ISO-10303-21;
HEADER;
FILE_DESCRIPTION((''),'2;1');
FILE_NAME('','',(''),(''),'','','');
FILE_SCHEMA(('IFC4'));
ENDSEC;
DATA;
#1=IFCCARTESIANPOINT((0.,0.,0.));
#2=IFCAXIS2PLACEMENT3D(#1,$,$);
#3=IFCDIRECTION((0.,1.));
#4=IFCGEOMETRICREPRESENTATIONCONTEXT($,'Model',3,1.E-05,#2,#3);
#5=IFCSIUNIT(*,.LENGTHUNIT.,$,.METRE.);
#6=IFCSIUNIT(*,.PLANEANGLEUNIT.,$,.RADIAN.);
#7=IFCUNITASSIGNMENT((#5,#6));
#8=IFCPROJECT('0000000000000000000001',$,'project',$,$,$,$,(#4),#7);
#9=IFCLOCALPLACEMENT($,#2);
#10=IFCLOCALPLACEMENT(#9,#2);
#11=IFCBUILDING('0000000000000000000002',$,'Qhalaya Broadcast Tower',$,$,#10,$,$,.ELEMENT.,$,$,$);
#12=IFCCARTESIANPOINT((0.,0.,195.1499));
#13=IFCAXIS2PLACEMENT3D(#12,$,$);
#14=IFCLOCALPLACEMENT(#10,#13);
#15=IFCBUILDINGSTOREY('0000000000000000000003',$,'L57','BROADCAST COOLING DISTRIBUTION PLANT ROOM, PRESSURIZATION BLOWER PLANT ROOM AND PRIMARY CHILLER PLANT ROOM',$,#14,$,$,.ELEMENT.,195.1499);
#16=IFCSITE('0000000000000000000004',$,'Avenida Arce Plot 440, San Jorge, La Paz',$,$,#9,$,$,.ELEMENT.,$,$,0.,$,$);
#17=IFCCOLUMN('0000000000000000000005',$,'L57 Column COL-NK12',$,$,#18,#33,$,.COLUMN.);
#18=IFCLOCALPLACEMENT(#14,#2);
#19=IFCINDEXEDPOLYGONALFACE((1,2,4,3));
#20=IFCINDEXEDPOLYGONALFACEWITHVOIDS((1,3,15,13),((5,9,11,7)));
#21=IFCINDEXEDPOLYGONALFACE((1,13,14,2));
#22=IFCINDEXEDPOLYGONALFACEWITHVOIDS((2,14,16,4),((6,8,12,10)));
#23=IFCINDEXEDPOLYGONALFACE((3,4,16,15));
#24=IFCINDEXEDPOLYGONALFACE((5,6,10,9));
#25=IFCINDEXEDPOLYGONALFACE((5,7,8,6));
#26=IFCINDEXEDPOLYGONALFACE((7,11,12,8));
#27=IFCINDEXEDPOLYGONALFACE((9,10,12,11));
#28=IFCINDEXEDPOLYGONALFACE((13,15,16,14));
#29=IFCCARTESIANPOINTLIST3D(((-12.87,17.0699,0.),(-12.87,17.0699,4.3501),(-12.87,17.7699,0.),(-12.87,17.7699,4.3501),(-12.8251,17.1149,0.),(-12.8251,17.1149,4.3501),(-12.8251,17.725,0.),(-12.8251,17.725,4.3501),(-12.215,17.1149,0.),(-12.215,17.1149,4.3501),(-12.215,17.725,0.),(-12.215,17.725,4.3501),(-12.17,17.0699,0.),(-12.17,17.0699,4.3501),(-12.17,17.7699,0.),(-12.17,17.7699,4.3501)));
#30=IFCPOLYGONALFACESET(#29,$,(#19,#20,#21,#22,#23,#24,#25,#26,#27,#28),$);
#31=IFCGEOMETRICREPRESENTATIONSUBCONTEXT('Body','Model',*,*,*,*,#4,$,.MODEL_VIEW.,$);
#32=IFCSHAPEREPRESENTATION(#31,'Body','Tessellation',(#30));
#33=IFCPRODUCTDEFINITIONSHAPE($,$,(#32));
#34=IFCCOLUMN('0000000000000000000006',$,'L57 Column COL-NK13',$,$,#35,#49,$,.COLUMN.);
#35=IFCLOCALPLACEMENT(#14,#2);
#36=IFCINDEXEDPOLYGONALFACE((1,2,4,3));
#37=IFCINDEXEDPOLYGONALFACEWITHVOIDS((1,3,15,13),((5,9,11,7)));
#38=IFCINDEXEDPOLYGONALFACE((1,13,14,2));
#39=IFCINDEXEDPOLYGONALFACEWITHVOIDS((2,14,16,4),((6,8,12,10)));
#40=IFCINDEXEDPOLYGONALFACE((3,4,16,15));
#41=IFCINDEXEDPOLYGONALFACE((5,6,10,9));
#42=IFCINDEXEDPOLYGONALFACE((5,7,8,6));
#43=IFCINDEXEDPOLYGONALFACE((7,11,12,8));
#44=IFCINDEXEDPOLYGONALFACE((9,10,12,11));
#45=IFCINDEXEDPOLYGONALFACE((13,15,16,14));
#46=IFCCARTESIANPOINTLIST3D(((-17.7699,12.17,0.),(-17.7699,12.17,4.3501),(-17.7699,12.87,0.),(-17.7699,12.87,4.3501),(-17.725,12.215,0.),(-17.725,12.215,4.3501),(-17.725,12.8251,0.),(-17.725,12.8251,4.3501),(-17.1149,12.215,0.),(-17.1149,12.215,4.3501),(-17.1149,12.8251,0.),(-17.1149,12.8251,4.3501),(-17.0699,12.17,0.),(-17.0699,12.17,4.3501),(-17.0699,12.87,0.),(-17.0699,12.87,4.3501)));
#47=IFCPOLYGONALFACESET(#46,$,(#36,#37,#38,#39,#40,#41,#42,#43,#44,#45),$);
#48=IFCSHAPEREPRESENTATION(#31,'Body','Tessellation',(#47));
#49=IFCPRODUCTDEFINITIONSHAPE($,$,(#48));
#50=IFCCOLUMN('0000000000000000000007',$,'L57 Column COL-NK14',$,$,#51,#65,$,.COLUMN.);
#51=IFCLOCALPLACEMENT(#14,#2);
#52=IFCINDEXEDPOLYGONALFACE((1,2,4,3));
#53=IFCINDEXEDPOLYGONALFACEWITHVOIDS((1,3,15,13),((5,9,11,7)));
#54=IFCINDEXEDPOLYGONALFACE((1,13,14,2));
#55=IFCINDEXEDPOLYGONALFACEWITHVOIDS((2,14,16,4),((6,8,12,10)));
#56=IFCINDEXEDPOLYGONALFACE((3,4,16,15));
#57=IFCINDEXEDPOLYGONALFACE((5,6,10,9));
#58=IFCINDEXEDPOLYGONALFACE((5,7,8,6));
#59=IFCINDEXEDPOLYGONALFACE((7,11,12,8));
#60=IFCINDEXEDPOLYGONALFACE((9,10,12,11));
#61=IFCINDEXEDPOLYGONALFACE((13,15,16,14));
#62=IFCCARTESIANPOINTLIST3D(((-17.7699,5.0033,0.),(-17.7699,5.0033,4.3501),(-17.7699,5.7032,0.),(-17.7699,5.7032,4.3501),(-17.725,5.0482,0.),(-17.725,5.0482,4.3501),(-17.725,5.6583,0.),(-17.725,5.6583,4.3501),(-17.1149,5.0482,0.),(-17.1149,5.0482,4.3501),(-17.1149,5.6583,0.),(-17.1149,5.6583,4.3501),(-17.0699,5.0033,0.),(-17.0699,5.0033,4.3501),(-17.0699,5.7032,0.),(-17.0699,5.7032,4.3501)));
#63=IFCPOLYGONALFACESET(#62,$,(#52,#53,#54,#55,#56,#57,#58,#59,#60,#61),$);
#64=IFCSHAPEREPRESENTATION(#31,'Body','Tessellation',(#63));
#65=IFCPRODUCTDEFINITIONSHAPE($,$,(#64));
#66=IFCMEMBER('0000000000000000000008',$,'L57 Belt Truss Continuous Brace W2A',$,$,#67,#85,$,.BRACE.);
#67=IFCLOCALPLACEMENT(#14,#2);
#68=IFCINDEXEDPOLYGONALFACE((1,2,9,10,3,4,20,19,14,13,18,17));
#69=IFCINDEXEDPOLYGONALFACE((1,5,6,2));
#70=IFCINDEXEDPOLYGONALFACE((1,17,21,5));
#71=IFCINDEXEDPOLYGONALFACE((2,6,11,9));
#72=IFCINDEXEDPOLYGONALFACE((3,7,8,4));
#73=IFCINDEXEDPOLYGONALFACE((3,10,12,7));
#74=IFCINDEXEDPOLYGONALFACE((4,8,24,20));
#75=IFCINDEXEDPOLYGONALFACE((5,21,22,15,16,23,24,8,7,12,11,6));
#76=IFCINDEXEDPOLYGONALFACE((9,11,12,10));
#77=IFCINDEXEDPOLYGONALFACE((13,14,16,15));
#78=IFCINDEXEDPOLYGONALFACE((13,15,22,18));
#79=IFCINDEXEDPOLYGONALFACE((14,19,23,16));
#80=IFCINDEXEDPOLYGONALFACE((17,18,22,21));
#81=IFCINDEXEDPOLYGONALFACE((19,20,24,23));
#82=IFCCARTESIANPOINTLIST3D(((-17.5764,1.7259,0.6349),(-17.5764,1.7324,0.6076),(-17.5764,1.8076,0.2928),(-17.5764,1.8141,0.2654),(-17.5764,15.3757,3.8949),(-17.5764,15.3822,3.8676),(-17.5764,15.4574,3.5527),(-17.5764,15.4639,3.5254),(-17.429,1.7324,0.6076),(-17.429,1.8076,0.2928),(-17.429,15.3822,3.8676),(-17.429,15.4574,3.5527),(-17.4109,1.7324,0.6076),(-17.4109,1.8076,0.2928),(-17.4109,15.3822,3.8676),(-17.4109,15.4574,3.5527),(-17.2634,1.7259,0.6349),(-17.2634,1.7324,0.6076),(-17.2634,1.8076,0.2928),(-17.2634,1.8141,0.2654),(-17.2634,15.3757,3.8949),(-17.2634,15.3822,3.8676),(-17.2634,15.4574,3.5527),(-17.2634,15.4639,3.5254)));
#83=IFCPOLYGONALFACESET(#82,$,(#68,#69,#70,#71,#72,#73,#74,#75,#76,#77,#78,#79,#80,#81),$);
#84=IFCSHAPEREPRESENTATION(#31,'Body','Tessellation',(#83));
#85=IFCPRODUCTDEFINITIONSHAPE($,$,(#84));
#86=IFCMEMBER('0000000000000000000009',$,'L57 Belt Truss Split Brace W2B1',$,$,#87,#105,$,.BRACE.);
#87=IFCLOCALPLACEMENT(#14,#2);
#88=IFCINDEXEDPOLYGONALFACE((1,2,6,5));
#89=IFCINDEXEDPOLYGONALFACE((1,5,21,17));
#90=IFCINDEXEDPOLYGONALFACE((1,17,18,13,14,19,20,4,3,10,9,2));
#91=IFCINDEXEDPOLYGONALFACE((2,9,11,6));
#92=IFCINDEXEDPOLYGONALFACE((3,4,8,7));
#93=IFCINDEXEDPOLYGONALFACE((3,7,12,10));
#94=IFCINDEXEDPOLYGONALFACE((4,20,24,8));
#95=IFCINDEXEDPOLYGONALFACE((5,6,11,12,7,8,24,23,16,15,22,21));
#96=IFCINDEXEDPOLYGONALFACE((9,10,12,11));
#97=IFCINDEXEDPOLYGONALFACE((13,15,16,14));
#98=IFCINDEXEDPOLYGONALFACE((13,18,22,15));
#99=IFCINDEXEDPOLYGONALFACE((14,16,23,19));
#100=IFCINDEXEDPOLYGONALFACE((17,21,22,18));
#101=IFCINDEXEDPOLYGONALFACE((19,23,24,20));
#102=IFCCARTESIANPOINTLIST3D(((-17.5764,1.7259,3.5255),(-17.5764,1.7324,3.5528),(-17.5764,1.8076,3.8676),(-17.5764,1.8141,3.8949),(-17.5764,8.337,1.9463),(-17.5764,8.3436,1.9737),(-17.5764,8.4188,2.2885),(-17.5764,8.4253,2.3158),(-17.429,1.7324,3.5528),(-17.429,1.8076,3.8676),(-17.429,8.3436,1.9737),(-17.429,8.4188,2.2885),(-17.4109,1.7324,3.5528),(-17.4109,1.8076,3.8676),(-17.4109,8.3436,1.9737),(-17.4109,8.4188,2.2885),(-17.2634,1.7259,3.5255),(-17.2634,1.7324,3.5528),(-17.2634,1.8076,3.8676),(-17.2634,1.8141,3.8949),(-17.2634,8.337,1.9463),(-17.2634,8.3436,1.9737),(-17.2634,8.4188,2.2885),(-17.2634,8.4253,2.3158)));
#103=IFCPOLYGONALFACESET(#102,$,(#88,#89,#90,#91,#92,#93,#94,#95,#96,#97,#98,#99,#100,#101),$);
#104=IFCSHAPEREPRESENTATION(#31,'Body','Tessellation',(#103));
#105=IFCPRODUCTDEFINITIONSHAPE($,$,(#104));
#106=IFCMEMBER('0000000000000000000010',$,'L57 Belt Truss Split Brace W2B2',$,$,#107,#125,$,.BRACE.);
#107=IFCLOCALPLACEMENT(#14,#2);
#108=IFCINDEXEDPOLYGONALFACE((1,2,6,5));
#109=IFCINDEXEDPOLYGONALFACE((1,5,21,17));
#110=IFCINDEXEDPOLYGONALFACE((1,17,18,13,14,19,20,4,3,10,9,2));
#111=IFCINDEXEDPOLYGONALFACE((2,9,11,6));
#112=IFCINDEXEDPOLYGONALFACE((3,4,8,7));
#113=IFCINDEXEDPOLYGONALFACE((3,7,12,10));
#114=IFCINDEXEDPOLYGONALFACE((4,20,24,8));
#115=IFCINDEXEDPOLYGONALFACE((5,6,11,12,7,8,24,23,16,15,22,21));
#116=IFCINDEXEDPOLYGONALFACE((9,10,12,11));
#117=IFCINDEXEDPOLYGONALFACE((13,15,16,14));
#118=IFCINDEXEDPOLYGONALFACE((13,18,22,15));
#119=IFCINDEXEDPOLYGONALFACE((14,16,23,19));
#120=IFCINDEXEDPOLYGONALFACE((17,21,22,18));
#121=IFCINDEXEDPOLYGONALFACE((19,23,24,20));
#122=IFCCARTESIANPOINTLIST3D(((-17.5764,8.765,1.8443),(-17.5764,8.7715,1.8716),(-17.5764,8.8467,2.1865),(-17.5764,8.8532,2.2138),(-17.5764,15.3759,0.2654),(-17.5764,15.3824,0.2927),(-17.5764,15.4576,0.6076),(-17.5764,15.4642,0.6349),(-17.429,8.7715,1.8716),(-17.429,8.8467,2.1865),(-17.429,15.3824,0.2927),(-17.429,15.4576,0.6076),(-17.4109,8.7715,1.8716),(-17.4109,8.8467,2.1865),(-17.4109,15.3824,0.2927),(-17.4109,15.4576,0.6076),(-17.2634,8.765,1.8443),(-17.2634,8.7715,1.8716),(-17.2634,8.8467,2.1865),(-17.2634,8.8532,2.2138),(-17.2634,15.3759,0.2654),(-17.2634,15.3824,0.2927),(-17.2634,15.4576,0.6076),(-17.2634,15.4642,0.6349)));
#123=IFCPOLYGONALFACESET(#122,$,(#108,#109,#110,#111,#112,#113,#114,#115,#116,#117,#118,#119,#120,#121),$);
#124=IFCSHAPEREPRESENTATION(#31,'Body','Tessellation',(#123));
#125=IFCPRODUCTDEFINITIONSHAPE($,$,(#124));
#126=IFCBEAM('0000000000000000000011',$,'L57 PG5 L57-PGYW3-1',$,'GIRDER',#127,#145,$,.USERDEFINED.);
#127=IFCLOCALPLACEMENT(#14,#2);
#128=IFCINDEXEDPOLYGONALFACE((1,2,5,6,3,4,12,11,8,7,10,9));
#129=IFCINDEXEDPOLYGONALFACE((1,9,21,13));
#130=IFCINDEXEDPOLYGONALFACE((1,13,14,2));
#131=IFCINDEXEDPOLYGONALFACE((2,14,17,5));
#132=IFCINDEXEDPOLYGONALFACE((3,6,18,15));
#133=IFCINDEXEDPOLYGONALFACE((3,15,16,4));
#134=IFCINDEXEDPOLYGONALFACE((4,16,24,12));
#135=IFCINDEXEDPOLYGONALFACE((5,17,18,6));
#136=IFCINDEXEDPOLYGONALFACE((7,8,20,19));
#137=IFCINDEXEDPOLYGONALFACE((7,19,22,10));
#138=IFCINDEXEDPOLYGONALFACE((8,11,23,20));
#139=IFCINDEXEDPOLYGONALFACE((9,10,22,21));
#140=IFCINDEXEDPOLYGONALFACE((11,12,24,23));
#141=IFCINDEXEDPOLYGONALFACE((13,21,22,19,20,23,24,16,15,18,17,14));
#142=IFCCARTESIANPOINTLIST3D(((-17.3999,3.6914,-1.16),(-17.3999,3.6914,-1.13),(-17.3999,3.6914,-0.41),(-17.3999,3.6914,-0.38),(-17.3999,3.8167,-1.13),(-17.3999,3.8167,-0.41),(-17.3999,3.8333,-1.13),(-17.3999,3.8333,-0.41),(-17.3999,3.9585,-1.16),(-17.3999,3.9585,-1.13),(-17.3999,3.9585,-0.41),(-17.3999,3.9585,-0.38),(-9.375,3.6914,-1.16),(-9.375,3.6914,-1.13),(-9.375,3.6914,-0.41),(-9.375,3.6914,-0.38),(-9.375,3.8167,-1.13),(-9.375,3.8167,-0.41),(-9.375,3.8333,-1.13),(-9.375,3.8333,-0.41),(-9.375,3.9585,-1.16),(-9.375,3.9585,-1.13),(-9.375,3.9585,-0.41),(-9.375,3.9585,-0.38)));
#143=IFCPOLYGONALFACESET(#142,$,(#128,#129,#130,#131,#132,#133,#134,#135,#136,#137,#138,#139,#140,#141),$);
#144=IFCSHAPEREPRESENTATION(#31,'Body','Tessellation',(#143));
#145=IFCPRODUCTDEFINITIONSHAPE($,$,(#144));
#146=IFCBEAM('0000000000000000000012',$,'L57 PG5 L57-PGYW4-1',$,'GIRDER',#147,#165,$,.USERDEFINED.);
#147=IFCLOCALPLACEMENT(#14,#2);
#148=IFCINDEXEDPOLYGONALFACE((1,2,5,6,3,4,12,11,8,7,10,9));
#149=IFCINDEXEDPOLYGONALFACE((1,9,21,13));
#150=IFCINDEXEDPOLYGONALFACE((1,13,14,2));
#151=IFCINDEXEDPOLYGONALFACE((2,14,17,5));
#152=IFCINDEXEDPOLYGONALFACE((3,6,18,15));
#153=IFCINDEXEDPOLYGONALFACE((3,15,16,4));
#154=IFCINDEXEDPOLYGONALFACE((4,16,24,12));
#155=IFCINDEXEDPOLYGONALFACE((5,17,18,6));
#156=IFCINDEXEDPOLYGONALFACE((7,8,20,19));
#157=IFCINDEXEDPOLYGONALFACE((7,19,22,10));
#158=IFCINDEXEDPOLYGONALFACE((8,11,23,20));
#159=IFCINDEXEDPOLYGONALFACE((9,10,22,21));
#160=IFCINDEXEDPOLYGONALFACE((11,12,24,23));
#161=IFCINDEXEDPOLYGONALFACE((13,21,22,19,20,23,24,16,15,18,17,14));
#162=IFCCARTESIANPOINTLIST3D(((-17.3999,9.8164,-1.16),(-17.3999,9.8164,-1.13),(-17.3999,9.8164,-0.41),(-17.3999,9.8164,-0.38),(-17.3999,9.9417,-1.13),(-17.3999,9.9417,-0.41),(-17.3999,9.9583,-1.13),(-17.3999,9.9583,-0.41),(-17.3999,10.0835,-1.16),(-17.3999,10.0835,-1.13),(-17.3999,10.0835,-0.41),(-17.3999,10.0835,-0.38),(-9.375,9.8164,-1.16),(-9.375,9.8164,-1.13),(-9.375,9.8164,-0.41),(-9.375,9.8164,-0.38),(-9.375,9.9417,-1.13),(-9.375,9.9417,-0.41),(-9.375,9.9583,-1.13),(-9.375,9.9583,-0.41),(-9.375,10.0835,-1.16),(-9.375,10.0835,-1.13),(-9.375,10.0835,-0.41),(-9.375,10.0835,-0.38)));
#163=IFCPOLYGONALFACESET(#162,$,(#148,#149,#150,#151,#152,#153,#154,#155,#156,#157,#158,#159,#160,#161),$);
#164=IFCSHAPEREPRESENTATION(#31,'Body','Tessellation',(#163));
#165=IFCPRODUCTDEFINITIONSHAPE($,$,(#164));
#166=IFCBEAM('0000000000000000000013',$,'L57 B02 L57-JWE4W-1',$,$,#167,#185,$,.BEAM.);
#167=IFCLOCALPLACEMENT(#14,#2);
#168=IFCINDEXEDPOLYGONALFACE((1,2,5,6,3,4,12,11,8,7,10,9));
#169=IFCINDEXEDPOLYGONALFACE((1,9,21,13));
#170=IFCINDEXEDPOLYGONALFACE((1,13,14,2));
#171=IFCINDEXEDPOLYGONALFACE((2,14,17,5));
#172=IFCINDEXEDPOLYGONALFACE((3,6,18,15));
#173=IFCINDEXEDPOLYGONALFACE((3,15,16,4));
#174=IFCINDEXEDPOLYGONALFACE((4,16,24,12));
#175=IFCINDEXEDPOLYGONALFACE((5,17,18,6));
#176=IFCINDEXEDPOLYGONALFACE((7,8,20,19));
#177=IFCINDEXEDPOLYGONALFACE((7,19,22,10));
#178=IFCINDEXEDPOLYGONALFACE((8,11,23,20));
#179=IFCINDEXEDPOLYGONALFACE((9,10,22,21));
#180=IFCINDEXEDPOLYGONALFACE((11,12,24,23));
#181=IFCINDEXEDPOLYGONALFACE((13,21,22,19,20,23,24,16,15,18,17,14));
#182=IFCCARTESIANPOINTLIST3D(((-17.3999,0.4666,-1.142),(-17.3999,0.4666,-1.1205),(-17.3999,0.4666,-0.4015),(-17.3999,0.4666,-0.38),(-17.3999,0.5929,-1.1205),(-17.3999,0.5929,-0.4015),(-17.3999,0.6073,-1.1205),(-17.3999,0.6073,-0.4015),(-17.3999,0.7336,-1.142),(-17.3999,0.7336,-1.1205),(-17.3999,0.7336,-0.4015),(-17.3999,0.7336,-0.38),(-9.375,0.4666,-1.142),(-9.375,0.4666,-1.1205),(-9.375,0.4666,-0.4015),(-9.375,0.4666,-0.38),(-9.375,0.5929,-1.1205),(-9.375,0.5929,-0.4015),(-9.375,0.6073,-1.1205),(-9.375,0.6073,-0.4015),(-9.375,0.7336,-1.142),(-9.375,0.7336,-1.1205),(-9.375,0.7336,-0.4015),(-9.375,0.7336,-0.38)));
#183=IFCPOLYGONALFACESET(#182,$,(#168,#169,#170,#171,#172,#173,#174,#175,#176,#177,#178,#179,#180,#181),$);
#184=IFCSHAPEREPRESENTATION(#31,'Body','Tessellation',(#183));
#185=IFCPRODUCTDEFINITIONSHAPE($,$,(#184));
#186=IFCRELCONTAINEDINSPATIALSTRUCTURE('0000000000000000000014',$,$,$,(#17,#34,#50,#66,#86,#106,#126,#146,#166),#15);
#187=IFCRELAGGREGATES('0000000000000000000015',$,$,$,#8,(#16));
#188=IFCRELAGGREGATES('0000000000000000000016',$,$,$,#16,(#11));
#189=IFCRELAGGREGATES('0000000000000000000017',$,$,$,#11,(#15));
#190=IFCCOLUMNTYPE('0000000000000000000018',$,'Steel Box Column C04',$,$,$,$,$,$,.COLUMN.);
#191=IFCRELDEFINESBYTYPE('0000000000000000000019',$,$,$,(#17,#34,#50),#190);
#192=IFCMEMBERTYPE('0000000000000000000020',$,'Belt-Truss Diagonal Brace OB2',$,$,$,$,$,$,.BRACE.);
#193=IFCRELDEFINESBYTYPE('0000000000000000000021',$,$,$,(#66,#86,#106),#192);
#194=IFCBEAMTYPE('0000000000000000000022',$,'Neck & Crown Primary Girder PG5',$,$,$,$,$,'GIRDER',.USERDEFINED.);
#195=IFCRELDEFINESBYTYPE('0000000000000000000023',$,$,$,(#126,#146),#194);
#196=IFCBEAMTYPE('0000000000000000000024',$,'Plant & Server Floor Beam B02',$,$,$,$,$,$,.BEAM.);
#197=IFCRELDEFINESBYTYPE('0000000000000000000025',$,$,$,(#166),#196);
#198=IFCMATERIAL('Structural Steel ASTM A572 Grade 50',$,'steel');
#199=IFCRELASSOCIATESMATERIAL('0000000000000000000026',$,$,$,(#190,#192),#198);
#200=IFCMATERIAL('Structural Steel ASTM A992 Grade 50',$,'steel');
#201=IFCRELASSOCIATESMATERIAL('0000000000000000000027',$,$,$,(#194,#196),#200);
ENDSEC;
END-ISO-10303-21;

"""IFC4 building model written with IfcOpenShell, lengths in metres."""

from ifc_helpers import new_model, si_unit, direction, frame, origin, origin_2d, place, context, subcontext, project, spatial, hollow_rectangle, i_section, extrude, material, material_profile, profile_set, type_object, element, save


model = new_model("IFC4")

# Units and contexts
model_context = context("Model", 3, precision=1e-05, world=origin(), true_north=direction((0.0, 1.0)))
body_context = subcontext(model_context, "Body", "Model", "MODEL_VIEW")
ifc_project = project(units=[si_unit("LENGTHUNIT", "METRE"), si_unit("PLANEANGLEUNIT", "RADIAN")], contexts=[model_context])

# Site, building, storey
site_placement = place(None, origin())
site = spatial("IfcSite", under=ifc_project, at=site_placement, Name="Avenida Arce Plot 440, San Jorge, La Paz", CompositionType="ELEMENT", RefElevation=0.0)
building_placement = place(site_placement, origin())
building = spatial("IfcBuilding", under=site, at=building_placement, Name="Qhalaya Broadcast Tower", CompositionType="ELEMENT")
storey_placement = place(building_placement, frame((0.0, 0.0, 195.1499)))
storey = spatial("IfcBuildingStorey", under=building, at=storey_placement, Name="L57", Description="BROADCAST COOLING DISTRIBUTION PLANT ROOM, PRESSURIZATION BLOWER PLANT ROOM AND PRIMARY CHILLER PLANT ROOM", CompositionType="ELEMENT", Elevation=195.1499)

# Columns
ifc_material_1 = material(Name="Structural Steel ASTM A572 Grade 50", Category="steel")
ifc_material_profile_1 = material_profile(ifc_material_1, hollow_rectangle(XDim=0.7, YDim=0.7, WallThickness=0.0449, at=origin_2d()), Name="BOX 700x700x45")
ifc_profile_set_1 = profile_set([ifc_material_profile_1], Name="Structural Steel ASTM A572 Grade 50")
column_type = type_object("IfcColumnType", Name="Steel Box Column C04", PredefinedType="COLUMN", material=ifc_profile_set_1)
for number, where, z_axis, x_axis, name in (
    (1, (-12.52, 17.4199, 0.0), (0.0, 0.0, 1.0), (1.0, 0.0, 0.0), "L57 Column COL-NK12"),
    (2, (-17.4199, 12.52, 0.0), (0.0, 0.0, 1.0), (0.0, 1.0, 0.0), "L57 Column COL-NK13"),
    (3, (-17.4199, 5.3533, 0.0), (0.0, 0.0, 1.0), (0.0, 1.0, 0.0), "L57 Column COL-NK14"),
):
    element("IfcColumn", number, at=place(storey_placement, frame(where, z_axis=z_axis, x_axis=x_axis)), inside=storey, type_object=column_type, Name=name, PredefinedType="COLUMN", context=body_context, shape_type="SweptSolid", body=[
        extrude(hollow_rectangle(XDim=0.7, YDim=0.7, WallThickness=0.0449, at=origin_2d()), origin(), (0.0, 0.0, 1.0), 4.3501),
    ])

# Members
ifc_material_profile_2 = material_profile(ifc_material_1, i_section(OverallWidth=0.313, OverallDepth=0.3799, WebThickness=0.0181, FlangeThickness=0.0281, at=origin_2d()), Name="W12X120")
ifc_profile_set_2 = profile_set([ifc_material_profile_2], Name="Structural Steel ASTM A572 Grade 50")
member_type_1 = type_object("IfcMemberType", Name="Belt-Truss Diagonal Brace OB2", PredefinedType="BRACE", material=ifc_profile_set_2)
member_1_placement = place(storey_placement, frame((-17.4199, 1.77, 0.4502), z_axis=(0.0, 0.972645, 0.232297), x_axis=(-1.0, 0.0, 0.0)))
element("IfcMember", 4, at=member_1_placement, inside=storey, type_object=member_type_1, Name="L57 Belt Truss Continuous Brace W2A", PredefinedType="BRACE", context=body_context, shape_type="SweptSolid", body=[
    extrude(i_section(OverallWidth=0.313, OverallDepth=0.3799, WebThickness=0.0181, FlangeThickness=0.0281, at=origin_2d()), origin(), (0.0, 0.0, 1.0), 14.0337),
])
member_2_placement = place(storey_placement, frame((-17.4199, 1.77, 3.7102), z_axis=(0.0, 0.972639, -0.232321), x_axis=(-1.0, 0.0, 0.0)))
element("IfcMember", 5, at=member_2_placement, inside=storey, type_object=member_type_1, Name="L57 Belt Truss Split Brace W2B1", PredefinedType="BRACE", context=body_context, shape_type="SweptSolid", body=[
    extrude(i_section(OverallWidth=0.313, OverallDepth=0.3799, WebThickness=0.0181, FlangeThickness=0.0281, at=origin_2d()), origin(), (0.0, 0.0, 1.0), 6.7971),
])
member_3_placement = place(storey_placement, frame((-17.4199, 8.8091, 2.0291), z_axis=(0.0, 0.972645, -0.232295), x_axis=(-1.0, 0.0, 0.0)))
element("IfcMember", 6, at=member_3_placement, inside=storey, type_object=member_type_1, Name="L57 Belt Truss Split Brace W2B2", PredefinedType="BRACE", context=body_context, shape_type="SweptSolid", body=[
    extrude(i_section(OverallWidth=0.313, OverallDepth=0.3799, WebThickness=0.0181, FlangeThickness=0.0281, at=origin_2d()), origin(), (0.0, 0.0, 1.0), 6.7969),
])

# Beams
ifc_material_2 = material(Name="Structural Steel ASTM A992 Grade 50", Category="steel")
ifc_material_profile_3 = material_profile(ifc_material_2, i_section(OverallWidth=0.2671, OverallDepth=0.78, WebThickness=0.0166, FlangeThickness=0.03, at=origin_2d()), Name="W30X148")
ifc_profile_set_3 = profile_set([ifc_material_profile_3], Name="Structural Steel ASTM A992 Grade 50")
beam_type_1 = type_object("IfcBeamType", Name="Neck & Crown Primary Girder PG5", ElementType="GIRDER", PredefinedType="USERDEFINED", material=ifc_profile_set_3)
for number, where, z_axis, x_axis, name in (
    (7, (-17.3999, 3.825, -0.77), (1.0, 0.0, 0.0), (0.0, 1.0, 0.0), "L57 PG5 L57-PGYW3-1"),
    (8, (-17.3999, 9.95, -0.77), (1.0, 0.0, 0.0), (0.0, 1.0, 0.0), "L57 PG5 L57-PGYW4-1"),
):
    element("IfcBeam", number, at=place(storey_placement, frame(where, z_axis=z_axis, x_axis=x_axis)), inside=storey, type_object=beam_type_1, Name=name, ObjectType="GIRDER", PredefinedType="USERDEFINED", context=body_context, shape_type="SweptSolid", body=[
        extrude(i_section(OverallWidth=0.2671, OverallDepth=0.78, WebThickness=0.0166, FlangeThickness=0.03, at=origin_2d()), origin(), (0.0, 0.0, 1.0), 8.0249),
    ])
ifc_material_profile_4 = material_profile(ifc_material_2, i_section(OverallWidth=0.2671, OverallDepth=0.762, WebThickness=0.0144, FlangeThickness=0.0215, at=origin_2d()), Name="W30X116")
ifc_profile_set_4 = profile_set([ifc_material_profile_4], Name="Structural Steel ASTM A992 Grade 50")
beam_type_2 = type_object("IfcBeamType", Name="Plant & Server Floor Beam B02", PredefinedType="BEAM", material=ifc_profile_set_4)
for number, where, z_axis, x_axis, name in (
    (9, (-17.3999, 0.6001, -0.761), (1.0, 0.0, 0.0), (0.0, 1.0, 0.0), "L57 B02 L57-JWE4W-1"),
):
    element("IfcBeam", number, at=place(storey_placement, frame(where, z_axis=z_axis, x_axis=x_axis)), inside=storey, type_object=beam_type_2, Name=name, PredefinedType="BEAM", context=body_context, shape_type="SweptSolid", body=[
        extrude(i_section(OverallWidth=0.2671, OverallDepth=0.762, WebThickness=0.0144, FlangeThickness=0.0215, at=origin_2d()), origin(), (0.0, 0.0, 1.0), 8.0249),
    ])

save(model, "model.ifc")
